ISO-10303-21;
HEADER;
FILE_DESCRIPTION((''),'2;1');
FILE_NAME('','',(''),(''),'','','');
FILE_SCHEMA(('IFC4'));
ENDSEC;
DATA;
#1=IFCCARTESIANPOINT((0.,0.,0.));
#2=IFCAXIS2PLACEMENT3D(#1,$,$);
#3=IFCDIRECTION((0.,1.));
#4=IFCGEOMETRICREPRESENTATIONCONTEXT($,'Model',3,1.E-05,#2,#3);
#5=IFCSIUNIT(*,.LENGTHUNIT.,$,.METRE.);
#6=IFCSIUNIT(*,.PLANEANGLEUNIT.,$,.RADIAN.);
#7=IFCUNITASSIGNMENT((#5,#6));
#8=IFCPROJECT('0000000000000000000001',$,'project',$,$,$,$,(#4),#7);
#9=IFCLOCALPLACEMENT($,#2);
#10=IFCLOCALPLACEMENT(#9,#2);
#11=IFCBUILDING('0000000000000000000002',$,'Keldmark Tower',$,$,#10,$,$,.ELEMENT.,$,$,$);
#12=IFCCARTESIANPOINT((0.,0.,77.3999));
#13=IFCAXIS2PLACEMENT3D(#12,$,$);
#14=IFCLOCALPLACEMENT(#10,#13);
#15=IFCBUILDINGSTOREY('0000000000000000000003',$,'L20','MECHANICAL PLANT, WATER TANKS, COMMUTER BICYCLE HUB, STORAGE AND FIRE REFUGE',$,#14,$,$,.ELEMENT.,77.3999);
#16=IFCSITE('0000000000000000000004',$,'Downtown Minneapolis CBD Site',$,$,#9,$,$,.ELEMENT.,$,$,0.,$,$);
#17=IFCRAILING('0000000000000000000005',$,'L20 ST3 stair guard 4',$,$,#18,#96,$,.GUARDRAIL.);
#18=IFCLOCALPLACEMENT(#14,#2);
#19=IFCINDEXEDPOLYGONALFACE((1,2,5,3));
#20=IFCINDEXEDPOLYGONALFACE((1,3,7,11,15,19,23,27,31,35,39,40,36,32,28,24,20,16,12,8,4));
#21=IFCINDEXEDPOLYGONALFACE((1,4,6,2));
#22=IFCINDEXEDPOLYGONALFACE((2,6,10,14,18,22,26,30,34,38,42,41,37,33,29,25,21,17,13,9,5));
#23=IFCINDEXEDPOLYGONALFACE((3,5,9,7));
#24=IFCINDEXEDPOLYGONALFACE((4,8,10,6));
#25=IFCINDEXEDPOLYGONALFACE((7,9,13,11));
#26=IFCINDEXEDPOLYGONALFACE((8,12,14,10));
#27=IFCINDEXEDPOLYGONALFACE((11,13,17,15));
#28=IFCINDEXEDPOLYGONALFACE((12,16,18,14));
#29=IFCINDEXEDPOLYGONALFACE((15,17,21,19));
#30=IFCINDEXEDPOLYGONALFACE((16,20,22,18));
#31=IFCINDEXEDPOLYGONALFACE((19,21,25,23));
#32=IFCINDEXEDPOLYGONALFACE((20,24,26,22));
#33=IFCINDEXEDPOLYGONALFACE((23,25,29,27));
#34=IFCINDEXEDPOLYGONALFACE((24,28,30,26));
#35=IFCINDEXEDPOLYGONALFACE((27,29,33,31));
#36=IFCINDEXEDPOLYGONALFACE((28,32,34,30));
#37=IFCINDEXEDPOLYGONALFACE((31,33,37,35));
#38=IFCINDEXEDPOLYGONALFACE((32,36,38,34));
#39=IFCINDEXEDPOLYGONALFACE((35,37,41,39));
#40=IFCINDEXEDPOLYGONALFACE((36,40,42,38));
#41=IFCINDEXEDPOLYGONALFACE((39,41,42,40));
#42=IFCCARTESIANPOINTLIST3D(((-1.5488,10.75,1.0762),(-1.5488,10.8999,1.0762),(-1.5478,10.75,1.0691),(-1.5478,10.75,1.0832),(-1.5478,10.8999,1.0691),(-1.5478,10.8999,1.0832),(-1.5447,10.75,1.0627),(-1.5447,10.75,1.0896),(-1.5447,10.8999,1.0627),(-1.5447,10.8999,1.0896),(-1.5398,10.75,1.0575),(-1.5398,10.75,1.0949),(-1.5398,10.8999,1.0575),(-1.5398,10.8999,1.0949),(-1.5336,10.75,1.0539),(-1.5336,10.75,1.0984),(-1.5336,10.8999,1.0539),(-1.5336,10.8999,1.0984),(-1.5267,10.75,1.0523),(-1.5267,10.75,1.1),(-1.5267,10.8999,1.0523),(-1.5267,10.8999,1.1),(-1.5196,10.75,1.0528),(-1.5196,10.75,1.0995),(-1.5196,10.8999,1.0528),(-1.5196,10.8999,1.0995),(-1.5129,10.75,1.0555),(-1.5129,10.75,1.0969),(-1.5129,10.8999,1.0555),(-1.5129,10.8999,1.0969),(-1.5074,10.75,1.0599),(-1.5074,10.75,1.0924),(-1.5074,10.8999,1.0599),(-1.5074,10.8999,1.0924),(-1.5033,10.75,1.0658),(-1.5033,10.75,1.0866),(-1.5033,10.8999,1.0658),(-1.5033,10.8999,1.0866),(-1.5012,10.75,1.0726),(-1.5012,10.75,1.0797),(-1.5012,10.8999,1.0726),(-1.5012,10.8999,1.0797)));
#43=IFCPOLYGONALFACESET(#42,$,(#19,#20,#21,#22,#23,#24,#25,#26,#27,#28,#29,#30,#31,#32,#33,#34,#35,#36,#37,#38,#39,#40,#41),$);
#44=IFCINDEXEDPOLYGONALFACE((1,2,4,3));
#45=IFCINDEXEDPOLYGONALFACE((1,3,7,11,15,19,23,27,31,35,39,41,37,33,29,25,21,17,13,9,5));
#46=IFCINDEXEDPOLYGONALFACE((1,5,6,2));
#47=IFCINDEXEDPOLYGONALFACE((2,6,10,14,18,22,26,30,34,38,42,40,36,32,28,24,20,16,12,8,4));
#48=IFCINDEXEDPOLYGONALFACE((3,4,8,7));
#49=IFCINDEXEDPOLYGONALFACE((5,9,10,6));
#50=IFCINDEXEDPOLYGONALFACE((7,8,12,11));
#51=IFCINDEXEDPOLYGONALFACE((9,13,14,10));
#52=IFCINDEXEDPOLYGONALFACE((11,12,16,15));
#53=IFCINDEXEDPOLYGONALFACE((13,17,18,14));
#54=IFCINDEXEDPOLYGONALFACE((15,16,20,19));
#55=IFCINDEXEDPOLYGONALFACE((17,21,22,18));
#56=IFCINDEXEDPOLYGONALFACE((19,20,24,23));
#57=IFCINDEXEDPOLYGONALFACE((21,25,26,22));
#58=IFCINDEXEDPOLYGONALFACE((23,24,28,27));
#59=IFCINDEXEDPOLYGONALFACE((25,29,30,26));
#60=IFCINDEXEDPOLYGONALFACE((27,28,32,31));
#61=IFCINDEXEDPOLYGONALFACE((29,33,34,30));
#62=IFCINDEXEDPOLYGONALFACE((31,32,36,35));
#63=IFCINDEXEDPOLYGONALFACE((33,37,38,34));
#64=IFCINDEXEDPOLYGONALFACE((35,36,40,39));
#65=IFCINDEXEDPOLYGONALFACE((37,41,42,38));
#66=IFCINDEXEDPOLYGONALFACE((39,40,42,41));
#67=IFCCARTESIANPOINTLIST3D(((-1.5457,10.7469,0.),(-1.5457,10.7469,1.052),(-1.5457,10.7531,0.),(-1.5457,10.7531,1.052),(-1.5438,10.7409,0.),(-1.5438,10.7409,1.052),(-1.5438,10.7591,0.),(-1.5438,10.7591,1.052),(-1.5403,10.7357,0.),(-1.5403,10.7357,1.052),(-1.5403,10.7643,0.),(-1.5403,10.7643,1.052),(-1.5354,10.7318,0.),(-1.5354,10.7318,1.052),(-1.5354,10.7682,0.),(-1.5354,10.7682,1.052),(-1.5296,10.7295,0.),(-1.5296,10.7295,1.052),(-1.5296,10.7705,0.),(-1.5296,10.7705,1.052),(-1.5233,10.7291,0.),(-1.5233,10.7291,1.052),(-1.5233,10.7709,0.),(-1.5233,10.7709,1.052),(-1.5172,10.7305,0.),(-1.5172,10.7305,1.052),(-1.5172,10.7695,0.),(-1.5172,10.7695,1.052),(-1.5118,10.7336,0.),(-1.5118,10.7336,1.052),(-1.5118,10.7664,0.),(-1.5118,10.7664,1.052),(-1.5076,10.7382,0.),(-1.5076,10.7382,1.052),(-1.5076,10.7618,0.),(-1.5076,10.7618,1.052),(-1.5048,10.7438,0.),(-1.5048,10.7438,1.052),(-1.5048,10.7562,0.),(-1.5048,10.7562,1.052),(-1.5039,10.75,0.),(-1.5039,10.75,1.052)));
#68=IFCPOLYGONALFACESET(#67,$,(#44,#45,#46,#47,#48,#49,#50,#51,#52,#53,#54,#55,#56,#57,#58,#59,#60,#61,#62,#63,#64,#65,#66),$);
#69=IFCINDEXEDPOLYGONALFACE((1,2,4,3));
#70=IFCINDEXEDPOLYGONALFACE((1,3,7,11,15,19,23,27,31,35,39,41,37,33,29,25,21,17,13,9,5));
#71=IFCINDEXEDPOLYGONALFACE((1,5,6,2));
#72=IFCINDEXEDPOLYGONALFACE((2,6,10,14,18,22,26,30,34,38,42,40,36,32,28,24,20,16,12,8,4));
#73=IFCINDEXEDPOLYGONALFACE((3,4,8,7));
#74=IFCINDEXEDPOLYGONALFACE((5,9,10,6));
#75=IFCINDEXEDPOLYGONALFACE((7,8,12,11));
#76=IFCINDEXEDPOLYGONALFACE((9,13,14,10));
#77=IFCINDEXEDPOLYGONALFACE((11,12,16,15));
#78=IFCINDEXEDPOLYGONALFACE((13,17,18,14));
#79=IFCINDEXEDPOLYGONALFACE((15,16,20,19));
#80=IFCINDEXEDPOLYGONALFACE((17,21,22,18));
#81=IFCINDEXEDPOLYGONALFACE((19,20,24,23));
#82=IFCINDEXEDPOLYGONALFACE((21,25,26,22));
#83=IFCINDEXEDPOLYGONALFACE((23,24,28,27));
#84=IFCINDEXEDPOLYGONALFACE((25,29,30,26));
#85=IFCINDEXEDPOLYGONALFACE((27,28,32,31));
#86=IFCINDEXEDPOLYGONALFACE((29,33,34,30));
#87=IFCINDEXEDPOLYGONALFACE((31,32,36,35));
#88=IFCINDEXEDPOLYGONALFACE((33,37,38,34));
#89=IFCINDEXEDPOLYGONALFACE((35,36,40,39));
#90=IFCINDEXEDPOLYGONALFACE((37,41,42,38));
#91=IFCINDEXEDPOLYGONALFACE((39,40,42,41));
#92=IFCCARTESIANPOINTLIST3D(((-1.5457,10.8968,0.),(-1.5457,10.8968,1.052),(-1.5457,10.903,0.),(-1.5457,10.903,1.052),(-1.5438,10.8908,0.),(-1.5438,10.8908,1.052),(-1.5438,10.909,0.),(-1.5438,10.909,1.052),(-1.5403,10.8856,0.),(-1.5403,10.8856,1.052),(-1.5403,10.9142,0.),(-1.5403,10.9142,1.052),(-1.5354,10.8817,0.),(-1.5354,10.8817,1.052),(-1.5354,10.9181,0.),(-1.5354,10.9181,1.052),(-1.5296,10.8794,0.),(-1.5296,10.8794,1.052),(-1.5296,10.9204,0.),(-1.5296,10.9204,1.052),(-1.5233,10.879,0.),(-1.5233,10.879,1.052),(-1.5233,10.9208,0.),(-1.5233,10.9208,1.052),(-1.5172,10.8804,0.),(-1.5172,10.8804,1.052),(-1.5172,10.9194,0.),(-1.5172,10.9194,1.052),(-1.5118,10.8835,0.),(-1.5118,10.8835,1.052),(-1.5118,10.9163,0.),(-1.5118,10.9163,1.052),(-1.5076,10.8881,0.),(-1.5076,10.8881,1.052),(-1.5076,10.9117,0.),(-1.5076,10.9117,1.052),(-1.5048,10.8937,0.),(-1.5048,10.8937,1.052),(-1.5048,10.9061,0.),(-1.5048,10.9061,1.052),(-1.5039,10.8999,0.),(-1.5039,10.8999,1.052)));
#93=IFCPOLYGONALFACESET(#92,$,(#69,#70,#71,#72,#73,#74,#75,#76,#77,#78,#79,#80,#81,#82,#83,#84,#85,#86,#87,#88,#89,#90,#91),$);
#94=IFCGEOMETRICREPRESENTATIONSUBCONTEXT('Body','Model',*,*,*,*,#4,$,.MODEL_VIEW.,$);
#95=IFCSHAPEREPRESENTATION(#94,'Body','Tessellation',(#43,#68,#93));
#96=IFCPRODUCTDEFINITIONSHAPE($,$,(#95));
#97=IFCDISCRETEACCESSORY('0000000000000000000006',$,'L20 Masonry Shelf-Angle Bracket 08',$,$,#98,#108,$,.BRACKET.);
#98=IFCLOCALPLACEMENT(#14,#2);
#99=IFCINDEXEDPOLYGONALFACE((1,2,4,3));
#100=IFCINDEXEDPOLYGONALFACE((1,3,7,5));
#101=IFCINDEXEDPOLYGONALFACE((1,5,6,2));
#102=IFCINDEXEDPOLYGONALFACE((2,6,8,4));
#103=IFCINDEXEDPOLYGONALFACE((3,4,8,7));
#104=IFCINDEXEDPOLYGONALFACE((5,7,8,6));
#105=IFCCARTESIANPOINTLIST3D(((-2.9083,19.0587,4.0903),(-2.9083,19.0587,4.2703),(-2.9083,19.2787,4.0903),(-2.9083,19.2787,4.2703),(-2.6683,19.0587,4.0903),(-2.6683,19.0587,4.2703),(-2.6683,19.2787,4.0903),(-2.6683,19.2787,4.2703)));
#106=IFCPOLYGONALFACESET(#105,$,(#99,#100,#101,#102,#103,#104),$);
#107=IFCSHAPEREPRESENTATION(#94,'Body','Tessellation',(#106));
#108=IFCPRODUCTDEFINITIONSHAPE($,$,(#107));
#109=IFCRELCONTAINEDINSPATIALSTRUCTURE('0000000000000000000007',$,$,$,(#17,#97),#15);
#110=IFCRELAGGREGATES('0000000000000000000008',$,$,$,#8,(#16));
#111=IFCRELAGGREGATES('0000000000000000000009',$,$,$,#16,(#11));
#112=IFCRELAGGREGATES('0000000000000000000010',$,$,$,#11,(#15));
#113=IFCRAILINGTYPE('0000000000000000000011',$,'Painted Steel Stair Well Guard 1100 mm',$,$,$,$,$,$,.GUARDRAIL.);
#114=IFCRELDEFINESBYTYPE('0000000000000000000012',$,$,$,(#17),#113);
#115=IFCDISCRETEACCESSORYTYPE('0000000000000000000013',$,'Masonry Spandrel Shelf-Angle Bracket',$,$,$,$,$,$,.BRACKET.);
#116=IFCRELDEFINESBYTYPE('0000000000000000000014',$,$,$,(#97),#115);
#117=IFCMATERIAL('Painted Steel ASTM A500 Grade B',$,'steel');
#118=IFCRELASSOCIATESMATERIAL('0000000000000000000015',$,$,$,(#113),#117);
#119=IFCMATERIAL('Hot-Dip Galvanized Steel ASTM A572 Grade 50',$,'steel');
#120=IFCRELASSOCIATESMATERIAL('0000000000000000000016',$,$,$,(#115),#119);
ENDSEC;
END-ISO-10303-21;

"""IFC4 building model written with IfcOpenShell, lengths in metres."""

from ifc_helpers import new_model, si_unit, direction, frame, origin, origin_2d, place, context, subcontext, project, spatial, rectangle, circle, extrude, material, type_object, element, save


model = new_model("IFC4")

# Units and contexts
model_context = context("Model", 3, precision=1e-05, world=origin(), true_north=direction((0.0, 1.0)))
body_context = subcontext(model_context, "Body", "Model", "MODEL_VIEW")
ifc_project = project(units=[si_unit("LENGTHUNIT", "METRE"), si_unit("PLANEANGLEUNIT", "RADIAN")], contexts=[model_context])

# Site, building, storey
site_placement = place(None, origin())
site = spatial("IfcSite", under=ifc_project, at=site_placement, Name="Downtown Minneapolis CBD Site", CompositionType="ELEMENT", RefElevation=0.0)
building_placement = place(site_placement, origin())
building = spatial("IfcBuilding", under=site, at=building_placement, Name="Keldmark Tower", CompositionType="ELEMENT")
storey_placement = place(building_placement, frame((0.0, 0.0, 77.3999)))
storey = spatial("IfcBuildingStorey", under=building, at=storey_placement, Name="L20", Description="MECHANICAL PLANT, WATER TANKS, COMMUTER BICYCLE HUB, STORAGE AND FIRE REFUGE", CompositionType="ELEMENT", Elevation=77.3999)

# Railing
ifc_material_1 = material(Name="Painted Steel ASTM A500 Grade B", Category="steel")
railing_type = type_object("IfcRailingType", Name="Painted Steel Stair Well Guard 1100 mm", PredefinedType="GUARDRAIL", material=ifc_material_1)
railing_1_placement = place(storey_placement, frame((-1.5249, 10.75, 0.0)))
element("IfcRailing", 1, at=railing_1_placement, inside=storey, type_object=railing_type, Name="L20 ST3 stair guard 4", PredefinedType="GUARDRAIL", context=body_context, shape_type="SweptSolid", body=[
    extrude(circle(Radius=0.0239, at=origin_2d()), frame((0.0, 0.0, 1.0762), z_axis=(0.0, 1.0, 0.0), x_axis=(-1.0, 0.0, 0.0)), (0.0, 0.0, 1.0), 0.1499),
    extrude(circle(Radius=0.021, at=origin_2d()), origin(), (0.0, 0.0, 1.0), 1.052),
    extrude(circle(Radius=0.021, at=origin_2d()), frame((0.0, 0.1499, 0.0)), (0.0, 0.0, 1.0), 1.052),
])

# Discrete accessory
ifc_material_2 = material(Name="Hot-Dip Galvanized Steel ASTM A572 Grade 50", Category="steel")
discrete_accessory_type = type_object("IfcDiscreteAccessoryType", Name="Masonry Spandrel Shelf-Angle Bracket", PredefinedType="BRACKET", material=ifc_material_2)
discrete_accessory_placement = place(storey_placement, frame((-2.7883, 19.1687, 4.0903), z_axis=(0.0, 0.0, 1.0), x_axis=(1.0, 0.0, 0.0)))
element("IfcDiscreteAccessory", 2, at=discrete_accessory_placement, inside=storey, type_object=discrete_accessory_type, Name="L20 Masonry Shelf-Angle Bracket 08", PredefinedType="BRACKET", context=body_context, shape_type="SweptSolid", body=[
    extrude(rectangle(XDim=0.24, YDim=0.22, at=origin_2d()), origin(), (0.0, 0.0, 1.0), 0.1799),
])

save(model, "model.ifc")
